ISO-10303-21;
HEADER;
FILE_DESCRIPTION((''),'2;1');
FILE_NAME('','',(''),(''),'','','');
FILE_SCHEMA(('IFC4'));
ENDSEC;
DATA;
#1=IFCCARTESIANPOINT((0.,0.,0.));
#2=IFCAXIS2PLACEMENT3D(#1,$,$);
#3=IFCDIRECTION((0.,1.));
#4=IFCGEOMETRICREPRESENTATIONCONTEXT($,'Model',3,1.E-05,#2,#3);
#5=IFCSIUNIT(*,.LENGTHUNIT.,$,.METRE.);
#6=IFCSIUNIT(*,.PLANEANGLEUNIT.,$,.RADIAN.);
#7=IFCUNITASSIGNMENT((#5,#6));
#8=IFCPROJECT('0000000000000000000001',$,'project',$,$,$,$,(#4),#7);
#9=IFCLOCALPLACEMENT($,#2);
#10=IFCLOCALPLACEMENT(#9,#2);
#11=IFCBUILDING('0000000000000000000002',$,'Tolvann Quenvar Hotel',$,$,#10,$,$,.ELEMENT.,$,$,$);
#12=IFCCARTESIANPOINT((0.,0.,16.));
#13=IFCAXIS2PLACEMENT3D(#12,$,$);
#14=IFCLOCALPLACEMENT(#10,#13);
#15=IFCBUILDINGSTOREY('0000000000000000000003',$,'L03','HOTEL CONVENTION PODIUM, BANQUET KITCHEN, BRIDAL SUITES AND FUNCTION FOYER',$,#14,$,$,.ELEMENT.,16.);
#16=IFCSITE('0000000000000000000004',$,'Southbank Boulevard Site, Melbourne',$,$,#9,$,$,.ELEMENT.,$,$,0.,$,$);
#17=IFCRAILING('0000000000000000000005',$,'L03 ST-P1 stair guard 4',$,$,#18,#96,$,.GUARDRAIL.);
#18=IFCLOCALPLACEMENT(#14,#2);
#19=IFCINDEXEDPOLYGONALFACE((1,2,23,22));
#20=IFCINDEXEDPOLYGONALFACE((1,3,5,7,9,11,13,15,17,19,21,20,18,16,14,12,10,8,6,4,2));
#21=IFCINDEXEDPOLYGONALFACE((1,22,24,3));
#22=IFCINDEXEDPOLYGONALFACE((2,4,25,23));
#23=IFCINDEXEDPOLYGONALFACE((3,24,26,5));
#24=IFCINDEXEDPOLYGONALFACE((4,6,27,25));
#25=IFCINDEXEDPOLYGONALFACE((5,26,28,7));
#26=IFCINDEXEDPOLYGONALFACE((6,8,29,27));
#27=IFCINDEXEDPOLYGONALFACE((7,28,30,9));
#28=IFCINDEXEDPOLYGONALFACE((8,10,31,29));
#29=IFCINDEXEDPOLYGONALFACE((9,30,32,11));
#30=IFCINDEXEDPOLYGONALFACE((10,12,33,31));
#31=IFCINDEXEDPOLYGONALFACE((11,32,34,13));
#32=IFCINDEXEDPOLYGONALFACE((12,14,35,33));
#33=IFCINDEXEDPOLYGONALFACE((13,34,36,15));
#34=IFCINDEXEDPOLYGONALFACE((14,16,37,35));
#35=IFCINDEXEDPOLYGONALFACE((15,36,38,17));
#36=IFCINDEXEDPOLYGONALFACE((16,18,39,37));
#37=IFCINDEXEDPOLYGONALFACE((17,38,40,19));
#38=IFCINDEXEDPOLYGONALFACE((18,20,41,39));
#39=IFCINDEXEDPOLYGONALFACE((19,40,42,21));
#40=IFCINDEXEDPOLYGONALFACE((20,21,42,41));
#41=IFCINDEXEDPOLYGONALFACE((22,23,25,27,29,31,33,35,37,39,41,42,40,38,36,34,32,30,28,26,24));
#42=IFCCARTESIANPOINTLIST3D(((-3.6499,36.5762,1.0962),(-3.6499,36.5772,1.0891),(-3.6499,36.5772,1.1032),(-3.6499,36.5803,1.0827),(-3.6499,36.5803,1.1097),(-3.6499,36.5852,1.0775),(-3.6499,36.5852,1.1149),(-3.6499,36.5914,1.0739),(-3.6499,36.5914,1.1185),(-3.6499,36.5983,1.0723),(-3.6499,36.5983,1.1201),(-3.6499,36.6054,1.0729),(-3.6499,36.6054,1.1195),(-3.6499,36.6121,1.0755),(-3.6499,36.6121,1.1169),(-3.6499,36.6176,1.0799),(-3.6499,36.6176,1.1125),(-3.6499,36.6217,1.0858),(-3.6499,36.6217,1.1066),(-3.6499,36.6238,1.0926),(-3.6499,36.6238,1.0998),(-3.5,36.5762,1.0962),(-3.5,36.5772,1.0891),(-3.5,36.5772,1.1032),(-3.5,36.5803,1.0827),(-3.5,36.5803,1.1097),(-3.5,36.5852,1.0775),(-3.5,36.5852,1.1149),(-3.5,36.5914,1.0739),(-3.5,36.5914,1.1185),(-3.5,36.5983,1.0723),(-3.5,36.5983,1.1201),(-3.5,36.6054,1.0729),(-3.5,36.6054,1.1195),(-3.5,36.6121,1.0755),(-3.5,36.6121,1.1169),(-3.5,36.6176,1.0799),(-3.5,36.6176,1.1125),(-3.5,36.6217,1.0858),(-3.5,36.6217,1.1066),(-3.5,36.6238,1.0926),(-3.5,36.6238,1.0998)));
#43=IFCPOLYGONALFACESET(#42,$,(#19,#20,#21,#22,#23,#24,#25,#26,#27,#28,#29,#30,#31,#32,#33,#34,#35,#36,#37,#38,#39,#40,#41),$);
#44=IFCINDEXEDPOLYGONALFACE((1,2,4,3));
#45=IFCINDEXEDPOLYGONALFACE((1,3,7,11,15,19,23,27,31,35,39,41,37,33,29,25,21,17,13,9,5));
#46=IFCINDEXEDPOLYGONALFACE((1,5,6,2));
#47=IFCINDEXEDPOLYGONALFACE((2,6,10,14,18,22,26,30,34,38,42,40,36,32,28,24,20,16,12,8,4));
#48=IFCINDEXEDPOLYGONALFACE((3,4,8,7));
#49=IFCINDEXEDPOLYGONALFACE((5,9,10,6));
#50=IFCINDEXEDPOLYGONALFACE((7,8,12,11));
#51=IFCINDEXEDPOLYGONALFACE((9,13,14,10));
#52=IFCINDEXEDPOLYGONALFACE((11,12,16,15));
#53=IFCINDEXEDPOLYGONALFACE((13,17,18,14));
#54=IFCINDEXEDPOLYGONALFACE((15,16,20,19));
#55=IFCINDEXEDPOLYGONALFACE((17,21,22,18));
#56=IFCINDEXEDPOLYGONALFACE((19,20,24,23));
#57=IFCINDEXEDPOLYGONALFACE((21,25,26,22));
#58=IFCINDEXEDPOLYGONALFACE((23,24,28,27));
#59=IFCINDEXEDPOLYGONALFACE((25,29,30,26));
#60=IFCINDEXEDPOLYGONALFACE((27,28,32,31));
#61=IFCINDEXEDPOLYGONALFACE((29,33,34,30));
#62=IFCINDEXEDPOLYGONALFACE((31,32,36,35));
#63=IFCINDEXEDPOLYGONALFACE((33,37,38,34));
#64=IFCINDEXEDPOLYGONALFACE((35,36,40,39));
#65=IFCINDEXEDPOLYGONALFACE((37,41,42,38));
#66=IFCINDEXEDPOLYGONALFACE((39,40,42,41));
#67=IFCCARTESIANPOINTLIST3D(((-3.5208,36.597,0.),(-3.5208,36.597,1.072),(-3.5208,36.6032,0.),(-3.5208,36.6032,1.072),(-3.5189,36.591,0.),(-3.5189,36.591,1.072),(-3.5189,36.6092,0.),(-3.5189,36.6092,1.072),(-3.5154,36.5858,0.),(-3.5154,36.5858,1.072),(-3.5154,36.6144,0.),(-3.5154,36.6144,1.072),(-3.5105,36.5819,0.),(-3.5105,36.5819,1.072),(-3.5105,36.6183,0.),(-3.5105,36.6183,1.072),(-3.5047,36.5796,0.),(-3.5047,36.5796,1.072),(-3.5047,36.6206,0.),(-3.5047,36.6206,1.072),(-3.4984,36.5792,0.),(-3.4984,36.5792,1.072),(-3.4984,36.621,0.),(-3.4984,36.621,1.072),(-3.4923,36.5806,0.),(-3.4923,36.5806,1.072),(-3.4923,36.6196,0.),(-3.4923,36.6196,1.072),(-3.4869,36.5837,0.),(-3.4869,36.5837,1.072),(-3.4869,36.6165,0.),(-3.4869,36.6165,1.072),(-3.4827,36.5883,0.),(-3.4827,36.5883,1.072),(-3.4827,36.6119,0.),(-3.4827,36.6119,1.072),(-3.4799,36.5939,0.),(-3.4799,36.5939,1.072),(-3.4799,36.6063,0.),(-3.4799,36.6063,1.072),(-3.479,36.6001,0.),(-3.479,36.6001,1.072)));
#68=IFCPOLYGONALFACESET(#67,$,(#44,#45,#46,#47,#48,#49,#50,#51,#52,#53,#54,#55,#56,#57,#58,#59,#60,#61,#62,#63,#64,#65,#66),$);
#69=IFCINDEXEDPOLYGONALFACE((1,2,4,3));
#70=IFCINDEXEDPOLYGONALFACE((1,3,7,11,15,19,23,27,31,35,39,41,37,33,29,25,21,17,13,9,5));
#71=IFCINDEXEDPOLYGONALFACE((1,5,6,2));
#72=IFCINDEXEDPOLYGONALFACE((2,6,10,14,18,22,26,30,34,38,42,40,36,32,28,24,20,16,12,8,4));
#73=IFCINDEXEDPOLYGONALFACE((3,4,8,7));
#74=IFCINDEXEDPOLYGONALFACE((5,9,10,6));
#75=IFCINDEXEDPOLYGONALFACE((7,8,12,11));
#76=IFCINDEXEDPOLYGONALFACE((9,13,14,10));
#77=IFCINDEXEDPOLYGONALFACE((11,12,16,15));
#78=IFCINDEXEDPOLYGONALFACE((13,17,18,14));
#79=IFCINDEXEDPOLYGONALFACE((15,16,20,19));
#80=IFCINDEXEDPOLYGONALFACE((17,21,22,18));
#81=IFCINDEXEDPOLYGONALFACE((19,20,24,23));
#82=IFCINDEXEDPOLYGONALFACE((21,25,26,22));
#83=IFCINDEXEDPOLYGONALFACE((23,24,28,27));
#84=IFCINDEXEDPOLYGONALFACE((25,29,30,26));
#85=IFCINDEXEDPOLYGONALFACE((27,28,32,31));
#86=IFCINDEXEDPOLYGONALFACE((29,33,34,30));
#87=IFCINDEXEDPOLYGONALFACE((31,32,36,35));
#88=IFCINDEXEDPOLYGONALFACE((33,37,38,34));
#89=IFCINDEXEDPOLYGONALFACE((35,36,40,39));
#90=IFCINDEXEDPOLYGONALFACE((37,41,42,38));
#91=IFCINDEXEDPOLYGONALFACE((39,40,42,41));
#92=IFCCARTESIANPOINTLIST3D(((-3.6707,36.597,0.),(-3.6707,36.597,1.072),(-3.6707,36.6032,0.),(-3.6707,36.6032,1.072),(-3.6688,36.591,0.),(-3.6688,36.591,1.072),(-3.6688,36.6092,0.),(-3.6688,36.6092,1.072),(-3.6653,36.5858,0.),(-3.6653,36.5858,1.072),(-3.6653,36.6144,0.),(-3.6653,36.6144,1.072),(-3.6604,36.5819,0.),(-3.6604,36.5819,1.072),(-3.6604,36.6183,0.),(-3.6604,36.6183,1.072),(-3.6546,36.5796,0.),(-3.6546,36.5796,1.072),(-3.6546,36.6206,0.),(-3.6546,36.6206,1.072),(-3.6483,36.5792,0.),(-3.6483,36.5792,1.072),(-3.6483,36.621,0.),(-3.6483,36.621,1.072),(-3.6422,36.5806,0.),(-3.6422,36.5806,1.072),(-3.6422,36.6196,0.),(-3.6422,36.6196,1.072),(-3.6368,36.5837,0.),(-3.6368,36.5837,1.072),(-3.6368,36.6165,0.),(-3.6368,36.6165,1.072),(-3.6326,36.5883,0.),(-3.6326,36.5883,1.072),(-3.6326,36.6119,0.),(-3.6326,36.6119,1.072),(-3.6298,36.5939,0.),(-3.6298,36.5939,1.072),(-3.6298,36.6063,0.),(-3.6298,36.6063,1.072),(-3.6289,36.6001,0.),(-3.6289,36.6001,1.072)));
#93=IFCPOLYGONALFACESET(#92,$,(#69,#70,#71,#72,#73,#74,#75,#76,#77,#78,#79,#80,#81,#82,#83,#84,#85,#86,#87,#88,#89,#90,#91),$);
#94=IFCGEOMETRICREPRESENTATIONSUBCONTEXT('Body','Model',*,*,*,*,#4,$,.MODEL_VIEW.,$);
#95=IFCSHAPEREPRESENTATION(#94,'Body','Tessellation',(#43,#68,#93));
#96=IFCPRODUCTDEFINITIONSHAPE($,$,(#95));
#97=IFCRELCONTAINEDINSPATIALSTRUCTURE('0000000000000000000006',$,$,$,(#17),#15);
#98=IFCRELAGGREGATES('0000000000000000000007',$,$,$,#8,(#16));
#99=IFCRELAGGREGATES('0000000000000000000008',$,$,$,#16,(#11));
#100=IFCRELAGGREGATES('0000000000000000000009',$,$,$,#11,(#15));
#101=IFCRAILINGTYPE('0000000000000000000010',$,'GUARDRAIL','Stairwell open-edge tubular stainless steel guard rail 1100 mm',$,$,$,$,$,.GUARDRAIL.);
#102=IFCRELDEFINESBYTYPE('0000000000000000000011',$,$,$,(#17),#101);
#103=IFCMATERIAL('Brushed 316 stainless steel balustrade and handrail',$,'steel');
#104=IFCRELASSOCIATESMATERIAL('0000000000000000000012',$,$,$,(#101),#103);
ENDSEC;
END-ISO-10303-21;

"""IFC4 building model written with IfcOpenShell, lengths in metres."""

from ifc_helpers import new_model, si_unit, direction, frame, origin, origin_2d, place, context, subcontext, project, spatial, circle, extrude, material, type_object, element, save


model = new_model("IFC4")

# Units and contexts
model_context = context("Model", 3, precision=1e-05, world=origin(), true_north=direction((0.0, 1.0)))
body_context = subcontext(model_context, "Body", "Model", "MODEL_VIEW")
ifc_project = project(units=[si_unit("LENGTHUNIT", "METRE"), si_unit("PLANEANGLEUNIT", "RADIAN")], contexts=[model_context])

# Site, building, storey
site_placement = place(None, origin())
site = spatial("IfcSite", under=ifc_project, at=site_placement, Name="Southbank Boulevard Site, Melbourne", CompositionType="ELEMENT", RefElevation=0.0)
building_placement = place(site_placement, origin())
building = spatial("IfcBuilding", under=site, at=building_placement, Name="Tolvann Quenvar Hotel", CompositionType="ELEMENT")
storey_placement = place(building_placement, frame((0.0, 0.0, 16.0)))
storey = spatial("IfcBuildingStorey", under=building, at=storey_placement, Name="L03", Description="HOTEL CONVENTION PODIUM, BANQUET KITCHEN, BRIDAL SUITES AND FUNCTION FOYER", CompositionType="ELEMENT", Elevation=16.0)

# Railing
ifc_material_1 = material(Name="Brushed 316 stainless steel balustrade and handrail", Category="steel")
railing_type_1 = type_object("IfcRailingType", Name="GUARDRAIL", Description="Stairwell open-edge tubular stainless steel guard rail 1100 mm", PredefinedType="GUARDRAIL", material=ifc_material_1)
railing_1_placement = place(storey_placement, frame((-3.5, 36.6001, 0.0)))
element("IfcRailing", 1, at=railing_1_placement, inside=storey, type_object=railing_type_1, Name="L03 ST-P1 stair guard 4", PredefinedType="GUARDRAIL", context=body_context, shape_type="SweptSolid", body=[
    extrude(circle(Radius=0.0239, at=origin_2d()), frame((0.0, 0.0, 1.0962), z_axis=(-1.0, 0.0, 0.0), x_axis=(0.0, -1.0, 0.0)), (0.0, 0.0, 1.0), 0.1499),
    extrude(circle(Radius=0.021, at=origin_2d()), origin(), (0.0, 0.0, 1.0), 1.072),
    extrude(circle(Radius=0.021, at=origin_2d()), frame((-0.1499, 0.0, 0.0)), (0.0, 0.0, 1.0), 1.072),
])

save(model, "model.ifc")
